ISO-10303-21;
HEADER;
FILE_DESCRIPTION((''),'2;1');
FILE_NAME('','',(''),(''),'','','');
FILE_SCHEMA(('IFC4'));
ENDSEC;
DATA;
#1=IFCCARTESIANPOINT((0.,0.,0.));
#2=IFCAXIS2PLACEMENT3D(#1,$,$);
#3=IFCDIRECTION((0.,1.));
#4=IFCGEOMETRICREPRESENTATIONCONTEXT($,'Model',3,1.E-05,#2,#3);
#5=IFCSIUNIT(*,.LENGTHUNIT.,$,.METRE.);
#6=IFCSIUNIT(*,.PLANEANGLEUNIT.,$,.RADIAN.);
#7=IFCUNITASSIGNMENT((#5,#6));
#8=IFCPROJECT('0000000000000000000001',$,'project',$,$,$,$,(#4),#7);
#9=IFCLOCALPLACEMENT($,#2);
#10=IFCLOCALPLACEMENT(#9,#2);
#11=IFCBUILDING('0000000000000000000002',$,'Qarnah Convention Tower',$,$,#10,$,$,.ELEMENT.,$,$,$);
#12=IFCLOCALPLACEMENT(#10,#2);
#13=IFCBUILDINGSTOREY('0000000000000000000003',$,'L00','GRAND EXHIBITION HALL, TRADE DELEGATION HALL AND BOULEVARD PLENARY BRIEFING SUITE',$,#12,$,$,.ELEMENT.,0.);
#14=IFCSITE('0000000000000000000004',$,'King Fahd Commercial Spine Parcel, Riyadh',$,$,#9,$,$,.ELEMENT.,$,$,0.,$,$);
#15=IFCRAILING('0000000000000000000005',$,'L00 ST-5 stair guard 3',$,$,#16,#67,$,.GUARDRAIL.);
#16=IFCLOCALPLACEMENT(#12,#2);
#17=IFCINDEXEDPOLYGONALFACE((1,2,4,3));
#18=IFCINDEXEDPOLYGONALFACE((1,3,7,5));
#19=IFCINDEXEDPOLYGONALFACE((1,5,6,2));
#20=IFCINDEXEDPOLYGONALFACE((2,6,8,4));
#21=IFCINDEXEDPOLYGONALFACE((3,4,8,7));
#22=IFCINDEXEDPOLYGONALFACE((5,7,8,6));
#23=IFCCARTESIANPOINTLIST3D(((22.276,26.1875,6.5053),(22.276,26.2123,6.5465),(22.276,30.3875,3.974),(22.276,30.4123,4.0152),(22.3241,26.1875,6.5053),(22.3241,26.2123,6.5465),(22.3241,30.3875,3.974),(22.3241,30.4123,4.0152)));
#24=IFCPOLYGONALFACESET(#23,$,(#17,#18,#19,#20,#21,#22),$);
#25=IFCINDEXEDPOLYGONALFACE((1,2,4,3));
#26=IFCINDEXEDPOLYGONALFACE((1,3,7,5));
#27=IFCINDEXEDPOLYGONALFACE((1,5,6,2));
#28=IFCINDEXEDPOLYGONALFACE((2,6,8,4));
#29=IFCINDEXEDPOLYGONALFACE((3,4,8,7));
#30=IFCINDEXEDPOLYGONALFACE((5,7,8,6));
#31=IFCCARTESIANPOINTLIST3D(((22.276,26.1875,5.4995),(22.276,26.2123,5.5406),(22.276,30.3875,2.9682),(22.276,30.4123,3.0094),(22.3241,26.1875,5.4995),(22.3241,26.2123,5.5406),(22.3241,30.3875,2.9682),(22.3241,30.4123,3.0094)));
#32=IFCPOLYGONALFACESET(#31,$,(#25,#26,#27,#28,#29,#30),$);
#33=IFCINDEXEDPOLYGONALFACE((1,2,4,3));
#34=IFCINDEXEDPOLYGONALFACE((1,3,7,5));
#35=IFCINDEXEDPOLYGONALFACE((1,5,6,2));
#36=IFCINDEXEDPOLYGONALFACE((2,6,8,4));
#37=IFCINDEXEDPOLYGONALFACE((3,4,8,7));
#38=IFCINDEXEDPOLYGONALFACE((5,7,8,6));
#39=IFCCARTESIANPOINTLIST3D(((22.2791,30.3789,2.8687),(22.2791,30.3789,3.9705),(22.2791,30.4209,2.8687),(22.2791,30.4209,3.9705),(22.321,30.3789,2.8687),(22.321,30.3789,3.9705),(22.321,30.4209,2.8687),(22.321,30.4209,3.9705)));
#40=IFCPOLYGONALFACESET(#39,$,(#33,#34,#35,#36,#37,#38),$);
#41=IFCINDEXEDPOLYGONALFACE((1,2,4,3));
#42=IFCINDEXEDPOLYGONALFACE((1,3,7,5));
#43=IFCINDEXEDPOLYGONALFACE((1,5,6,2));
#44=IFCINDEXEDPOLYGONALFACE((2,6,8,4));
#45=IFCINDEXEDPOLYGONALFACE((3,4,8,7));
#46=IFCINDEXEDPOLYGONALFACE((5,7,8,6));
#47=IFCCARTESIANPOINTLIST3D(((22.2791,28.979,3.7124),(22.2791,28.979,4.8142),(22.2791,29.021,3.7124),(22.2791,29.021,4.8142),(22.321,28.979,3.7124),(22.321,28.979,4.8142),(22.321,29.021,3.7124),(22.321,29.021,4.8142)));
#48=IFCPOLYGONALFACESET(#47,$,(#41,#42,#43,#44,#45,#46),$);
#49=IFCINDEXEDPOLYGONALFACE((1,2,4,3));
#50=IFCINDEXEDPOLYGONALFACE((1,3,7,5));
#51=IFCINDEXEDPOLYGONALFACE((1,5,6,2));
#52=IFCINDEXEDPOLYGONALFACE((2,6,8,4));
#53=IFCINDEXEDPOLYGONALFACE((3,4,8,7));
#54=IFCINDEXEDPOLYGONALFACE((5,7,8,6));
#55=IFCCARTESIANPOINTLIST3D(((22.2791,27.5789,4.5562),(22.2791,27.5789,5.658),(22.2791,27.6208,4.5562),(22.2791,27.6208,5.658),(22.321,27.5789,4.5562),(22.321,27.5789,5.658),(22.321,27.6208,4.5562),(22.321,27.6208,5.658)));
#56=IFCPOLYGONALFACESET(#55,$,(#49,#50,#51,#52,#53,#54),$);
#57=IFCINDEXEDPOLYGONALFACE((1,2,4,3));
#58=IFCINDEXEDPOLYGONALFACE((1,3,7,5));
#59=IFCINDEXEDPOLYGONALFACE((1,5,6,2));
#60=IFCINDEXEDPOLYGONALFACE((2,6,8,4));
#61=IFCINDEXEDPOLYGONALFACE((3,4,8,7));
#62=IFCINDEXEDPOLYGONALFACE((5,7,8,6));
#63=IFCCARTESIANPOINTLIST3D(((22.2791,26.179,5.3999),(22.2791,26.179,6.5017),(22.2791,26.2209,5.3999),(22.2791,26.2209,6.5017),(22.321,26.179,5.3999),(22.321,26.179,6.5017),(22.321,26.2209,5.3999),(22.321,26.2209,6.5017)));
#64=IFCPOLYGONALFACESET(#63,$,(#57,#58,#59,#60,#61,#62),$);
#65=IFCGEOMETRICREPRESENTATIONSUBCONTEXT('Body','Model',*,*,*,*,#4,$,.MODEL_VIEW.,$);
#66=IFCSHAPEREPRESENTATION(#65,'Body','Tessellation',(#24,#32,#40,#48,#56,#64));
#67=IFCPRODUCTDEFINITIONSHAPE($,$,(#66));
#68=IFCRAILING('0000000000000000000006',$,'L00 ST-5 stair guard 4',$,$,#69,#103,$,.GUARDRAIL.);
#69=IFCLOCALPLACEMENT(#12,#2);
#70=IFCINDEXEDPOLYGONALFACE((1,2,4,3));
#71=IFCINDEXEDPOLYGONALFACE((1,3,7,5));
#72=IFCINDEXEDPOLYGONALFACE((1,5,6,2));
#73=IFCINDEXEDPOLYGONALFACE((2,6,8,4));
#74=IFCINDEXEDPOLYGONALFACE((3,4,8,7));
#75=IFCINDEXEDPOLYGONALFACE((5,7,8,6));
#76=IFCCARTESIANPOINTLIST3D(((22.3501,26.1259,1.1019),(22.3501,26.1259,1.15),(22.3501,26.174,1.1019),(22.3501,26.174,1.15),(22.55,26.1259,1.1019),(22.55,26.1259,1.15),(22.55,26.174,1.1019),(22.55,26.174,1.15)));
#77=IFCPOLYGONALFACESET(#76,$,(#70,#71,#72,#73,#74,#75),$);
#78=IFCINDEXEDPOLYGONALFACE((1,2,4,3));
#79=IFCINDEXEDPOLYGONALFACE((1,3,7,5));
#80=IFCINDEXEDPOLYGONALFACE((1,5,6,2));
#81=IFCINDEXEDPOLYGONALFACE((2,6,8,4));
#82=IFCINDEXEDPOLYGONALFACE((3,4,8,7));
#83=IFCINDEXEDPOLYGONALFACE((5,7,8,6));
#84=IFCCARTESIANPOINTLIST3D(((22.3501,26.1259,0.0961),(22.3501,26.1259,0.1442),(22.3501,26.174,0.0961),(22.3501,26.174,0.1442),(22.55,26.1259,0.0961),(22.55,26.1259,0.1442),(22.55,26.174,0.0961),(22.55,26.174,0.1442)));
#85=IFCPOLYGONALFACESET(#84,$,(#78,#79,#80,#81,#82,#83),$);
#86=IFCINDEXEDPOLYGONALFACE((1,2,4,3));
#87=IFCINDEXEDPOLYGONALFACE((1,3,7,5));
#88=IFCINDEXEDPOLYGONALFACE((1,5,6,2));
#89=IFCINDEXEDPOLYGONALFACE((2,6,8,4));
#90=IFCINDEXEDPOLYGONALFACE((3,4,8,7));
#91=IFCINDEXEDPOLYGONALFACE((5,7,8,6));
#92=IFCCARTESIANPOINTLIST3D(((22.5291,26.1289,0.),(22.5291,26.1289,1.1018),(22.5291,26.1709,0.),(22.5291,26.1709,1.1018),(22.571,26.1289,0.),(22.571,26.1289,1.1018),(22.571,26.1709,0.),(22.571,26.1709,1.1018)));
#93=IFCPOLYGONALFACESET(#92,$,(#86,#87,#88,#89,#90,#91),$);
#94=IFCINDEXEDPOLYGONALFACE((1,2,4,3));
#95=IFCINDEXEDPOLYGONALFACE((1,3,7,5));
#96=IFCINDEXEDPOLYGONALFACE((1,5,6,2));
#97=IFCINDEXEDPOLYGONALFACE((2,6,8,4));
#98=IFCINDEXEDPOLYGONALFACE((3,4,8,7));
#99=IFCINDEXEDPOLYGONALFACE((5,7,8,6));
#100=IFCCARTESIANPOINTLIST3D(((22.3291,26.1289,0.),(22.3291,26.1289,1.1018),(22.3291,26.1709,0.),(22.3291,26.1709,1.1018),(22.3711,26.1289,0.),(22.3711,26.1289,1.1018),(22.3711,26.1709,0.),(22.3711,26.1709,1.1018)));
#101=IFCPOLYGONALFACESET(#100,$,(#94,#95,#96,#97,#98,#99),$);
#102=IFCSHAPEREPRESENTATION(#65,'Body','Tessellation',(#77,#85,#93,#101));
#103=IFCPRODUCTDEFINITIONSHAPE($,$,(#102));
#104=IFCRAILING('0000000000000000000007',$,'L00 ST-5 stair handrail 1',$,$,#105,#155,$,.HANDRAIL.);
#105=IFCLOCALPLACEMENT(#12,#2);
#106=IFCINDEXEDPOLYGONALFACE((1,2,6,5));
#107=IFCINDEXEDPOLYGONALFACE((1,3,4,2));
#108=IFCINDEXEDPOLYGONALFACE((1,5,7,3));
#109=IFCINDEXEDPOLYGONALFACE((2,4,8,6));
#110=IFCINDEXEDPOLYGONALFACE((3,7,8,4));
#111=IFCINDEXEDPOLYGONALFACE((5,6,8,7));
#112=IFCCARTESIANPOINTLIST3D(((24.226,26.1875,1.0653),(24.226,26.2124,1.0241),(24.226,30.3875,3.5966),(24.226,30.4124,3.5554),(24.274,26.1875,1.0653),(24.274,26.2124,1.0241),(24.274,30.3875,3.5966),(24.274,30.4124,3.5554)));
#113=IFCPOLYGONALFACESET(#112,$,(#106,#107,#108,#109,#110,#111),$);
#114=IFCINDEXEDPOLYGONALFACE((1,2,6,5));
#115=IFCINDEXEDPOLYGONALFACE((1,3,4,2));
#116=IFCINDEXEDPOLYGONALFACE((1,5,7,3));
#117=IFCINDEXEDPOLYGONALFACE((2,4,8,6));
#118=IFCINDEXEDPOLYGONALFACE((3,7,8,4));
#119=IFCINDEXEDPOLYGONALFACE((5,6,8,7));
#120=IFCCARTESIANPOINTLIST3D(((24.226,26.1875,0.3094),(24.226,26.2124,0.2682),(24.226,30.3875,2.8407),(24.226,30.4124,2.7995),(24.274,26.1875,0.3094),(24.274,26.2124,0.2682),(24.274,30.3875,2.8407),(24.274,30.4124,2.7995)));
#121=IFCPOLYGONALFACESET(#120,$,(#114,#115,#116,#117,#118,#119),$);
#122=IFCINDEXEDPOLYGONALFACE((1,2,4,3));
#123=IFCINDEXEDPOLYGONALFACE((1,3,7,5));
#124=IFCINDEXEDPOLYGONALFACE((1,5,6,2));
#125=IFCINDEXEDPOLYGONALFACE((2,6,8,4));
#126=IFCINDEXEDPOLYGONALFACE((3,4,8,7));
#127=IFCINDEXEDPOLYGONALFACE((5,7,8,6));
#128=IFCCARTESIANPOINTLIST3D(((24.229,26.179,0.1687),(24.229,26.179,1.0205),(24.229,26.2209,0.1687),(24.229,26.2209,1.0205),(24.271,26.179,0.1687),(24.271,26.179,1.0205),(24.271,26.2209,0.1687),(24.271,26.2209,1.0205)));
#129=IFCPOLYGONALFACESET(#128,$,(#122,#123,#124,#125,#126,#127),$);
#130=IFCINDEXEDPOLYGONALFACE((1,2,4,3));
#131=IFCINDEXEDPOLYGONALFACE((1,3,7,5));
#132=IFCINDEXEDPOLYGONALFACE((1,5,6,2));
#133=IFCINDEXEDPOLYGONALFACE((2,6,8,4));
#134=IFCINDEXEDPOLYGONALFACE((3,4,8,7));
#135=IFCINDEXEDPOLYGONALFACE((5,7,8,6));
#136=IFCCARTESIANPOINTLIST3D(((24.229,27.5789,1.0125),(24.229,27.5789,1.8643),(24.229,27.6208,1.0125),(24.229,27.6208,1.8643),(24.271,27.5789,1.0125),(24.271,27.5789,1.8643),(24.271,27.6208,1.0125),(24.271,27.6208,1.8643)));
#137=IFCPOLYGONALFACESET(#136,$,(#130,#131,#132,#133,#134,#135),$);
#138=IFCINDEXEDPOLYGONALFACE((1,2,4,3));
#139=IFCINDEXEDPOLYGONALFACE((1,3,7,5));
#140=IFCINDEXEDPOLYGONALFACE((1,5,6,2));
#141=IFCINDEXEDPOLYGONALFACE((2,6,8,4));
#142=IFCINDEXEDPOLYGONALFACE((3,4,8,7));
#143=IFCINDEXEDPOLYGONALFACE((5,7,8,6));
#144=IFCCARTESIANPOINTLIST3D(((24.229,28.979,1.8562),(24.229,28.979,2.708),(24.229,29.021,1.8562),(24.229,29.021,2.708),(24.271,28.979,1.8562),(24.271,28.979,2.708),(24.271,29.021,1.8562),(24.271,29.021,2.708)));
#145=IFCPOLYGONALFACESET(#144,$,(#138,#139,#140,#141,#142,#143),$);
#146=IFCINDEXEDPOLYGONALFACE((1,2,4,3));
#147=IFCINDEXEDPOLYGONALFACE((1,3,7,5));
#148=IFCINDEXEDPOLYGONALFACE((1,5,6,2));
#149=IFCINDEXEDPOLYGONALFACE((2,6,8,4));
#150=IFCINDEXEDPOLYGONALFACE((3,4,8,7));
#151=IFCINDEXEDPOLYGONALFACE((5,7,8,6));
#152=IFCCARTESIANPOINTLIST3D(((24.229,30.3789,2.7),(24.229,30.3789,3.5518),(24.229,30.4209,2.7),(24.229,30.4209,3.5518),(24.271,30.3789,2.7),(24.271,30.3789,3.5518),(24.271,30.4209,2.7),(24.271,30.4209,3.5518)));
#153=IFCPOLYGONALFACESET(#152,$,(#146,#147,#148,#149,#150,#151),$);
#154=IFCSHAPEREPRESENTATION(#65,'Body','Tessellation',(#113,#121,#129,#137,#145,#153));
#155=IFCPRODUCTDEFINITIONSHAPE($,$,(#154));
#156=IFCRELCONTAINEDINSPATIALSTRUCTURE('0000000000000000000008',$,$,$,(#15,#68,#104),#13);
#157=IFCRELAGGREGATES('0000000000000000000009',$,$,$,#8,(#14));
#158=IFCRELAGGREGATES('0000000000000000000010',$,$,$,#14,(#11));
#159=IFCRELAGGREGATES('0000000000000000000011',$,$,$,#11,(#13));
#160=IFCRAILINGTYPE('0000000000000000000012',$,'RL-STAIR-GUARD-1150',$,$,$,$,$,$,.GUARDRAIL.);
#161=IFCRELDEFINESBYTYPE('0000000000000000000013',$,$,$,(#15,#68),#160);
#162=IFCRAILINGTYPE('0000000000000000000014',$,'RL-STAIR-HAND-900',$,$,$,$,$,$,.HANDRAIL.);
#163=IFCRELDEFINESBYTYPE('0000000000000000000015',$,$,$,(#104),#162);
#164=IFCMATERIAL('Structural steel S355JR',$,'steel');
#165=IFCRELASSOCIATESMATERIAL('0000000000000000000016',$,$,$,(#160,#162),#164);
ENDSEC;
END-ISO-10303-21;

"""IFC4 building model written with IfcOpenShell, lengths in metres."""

from ifc_helpers import new_model, si_unit, direction, frame, origin, origin_2d, place, context, subcontext, project, spatial, rectangle, extrude, material, type_object, element, save


model = new_model("IFC4")

# Units and contexts
model_context = context("Model", 3, precision=1e-05, world=origin(), true_north=direction((0.0, 1.0)))
body_context = subcontext(model_context, "Body", "Model", "MODEL_VIEW")
ifc_project = project(units=[si_unit("LENGTHUNIT", "METRE"), si_unit("PLANEANGLEUNIT", "RADIAN")], contexts=[model_context])

# Site, building, storey
site_placement = place(None, origin())
site = spatial("IfcSite", under=ifc_project, at=site_placement, Name="King Fahd Commercial Spine Parcel, Riyadh", CompositionType="ELEMENT", RefElevation=0.0)
building_placement = place(site_placement, origin())
building = spatial("IfcBuilding", under=site, at=building_placement, Name="Qarnah Convention Tower", CompositionType="ELEMENT")
storey_placement = place(building_placement, origin())
storey = spatial("IfcBuildingStorey", under=building, at=storey_placement, Name="L00", Description="GRAND EXHIBITION HALL, TRADE DELEGATION HALL AND BOULEVARD PLENARY BRIEFING SUITE", CompositionType="ELEMENT", Elevation=0.0)

# Shared definitions
ifc_material_1 = material(Name="Structural steel S355JR", Category="steel")

# Railings
railing_type_1 = type_object("IfcRailingType", Name="RL-STAIR-GUARD-1150", PredefinedType="GUARDRAIL", material=ifc_material_1)
railing_1_placement = place(storey_placement, frame((22.3, 30.3999, 2.8687)))
element("IfcRailing", 1, at=railing_1_placement, inside=storey, type_object=railing_type_1, Name="L00 ST-5 stair guard 3", PredefinedType="GUARDRAIL", context=body_context, shape_type="SweptSolid", body=[
    extrude(rectangle(XDim=0.0481, YDim=0.0481, at=origin_2d()), frame((0.0, 0.0, 1.126), z_axis=(0.0, -0.856476, 0.516186), x_axis=(1.0, 0.0, 0.0)), (0.0, 0.0, 1.0), 4.9038),
    extrude(rectangle(XDim=0.0481, YDim=0.0481, at=origin_2d()), frame((0.0, 0.0, 0.1201), z_axis=(0.0, -0.856476, 0.516186), x_axis=(1.0, 0.0, 0.0)), (0.0, 0.0, 1.0), 4.9038),
    extrude(rectangle(XDim=0.042, YDim=0.042, at=origin_2d()), origin(), (0.0, 0.0, 1.0), 1.1018),
    extrude(rectangle(XDim=0.042, YDim=0.042, at=origin_2d()), frame((0.0, -1.3999, 0.8438)), (0.0, 0.0, 1.0), 1.1018),
    extrude(rectangle(XDim=0.042, YDim=0.042, at=origin_2d()), frame((0.0, -2.8, 1.6875)), (0.0, 0.0, 1.0), 1.1018),
    extrude(rectangle(XDim=0.042, YDim=0.042, at=origin_2d()), frame((0.0, -4.2, 2.5312)), (0.0, 0.0, 1.0), 1.1018),
])
railing_2_placement = place(storey_placement, frame((22.55, 26.1499, 0.0)))
element("IfcRailing", 2, at=railing_2_placement, inside=storey, type_object=railing_type_1, Name="L00 ST-5 stair guard 4", PredefinedType="GUARDRAIL", context=body_context, shape_type="SweptSolid", body=[
    extrude(rectangle(XDim=0.0481, YDim=0.0481, at=origin_2d()), frame((0.0, 0.0, 1.126), z_axis=(-1.0, 0.0, 0.0), x_axis=(0.0, -1.0, 0.0)), (0.0, 0.0, 1.0), 0.2),
    extrude(rectangle(XDim=0.0481, YDim=0.0481, at=origin_2d()), frame((0.0, 0.0, 0.1201), z_axis=(-1.0, 0.0, 0.0), x_axis=(0.0, -1.0, 0.0)), (0.0, 0.0, 1.0), 0.2),
    extrude(rectangle(XDim=0.042, YDim=0.042, at=origin_2d()), origin(), (0.0, 0.0, 1.0), 1.1018),
    extrude(rectangle(XDim=0.042, YDim=0.042, at=origin_2d()), frame((-0.2, 0.0, 0.0)), (0.0, 0.0, 1.0), 1.1018),
])
railing_type_2 = type_object("IfcRailingType", Name="RL-STAIR-HAND-900", PredefinedType="HANDRAIL", material=ifc_material_1)
railing_3_placement = place(storey_placement, frame((24.25, 26.2, 0.1687)))
element("IfcRailing", 3, at=railing_3_placement, inside=storey, type_object=railing_type_2, Name="L00 ST-5 stair handrail 1", PredefinedType="HANDRAIL", context=body_context, shape_type="SweptSolid", body=[
    extrude(rectangle(XDim=0.0481, YDim=0.0481, at=origin_2d()), frame((0.0, 0.0, 0.876), z_axis=(0.0, 0.856476, 0.516186), x_axis=(-1.0, 0.0, 0.0)), (0.0, 0.0, 1.0), 4.9038),
    extrude(rectangle(XDim=0.0481, YDim=0.0481, at=origin_2d()), frame((0.0, 0.0, 0.1201), z_axis=(0.0, 0.856476, 0.516186), x_axis=(-1.0, 0.0, 0.0)), (0.0, 0.0, 1.0), 4.9038),
    extrude(rectangle(XDim=0.042, YDim=0.042, at=origin_2d()), origin(), (0.0, 0.0, 1.0), 0.8518),
    extrude(rectangle(XDim=0.042, YDim=0.042, at=origin_2d()), frame((0.0, 1.3999, 0.8438)), (0.0, 0.0, 1.0), 0.8518),
    extrude(rectangle(XDim=0.042, YDim=0.042, at=origin_2d()), frame((0.0, 2.8, 1.6875)), (0.0, 0.0, 1.0), 0.8518),
    extrude(rectangle(XDim=0.042, YDim=0.042, at=origin_2d()), frame((0.0, 4.2, 2.5312)), (0.0, 0.0, 1.0), 0.8518),
])

save(model, "model.ifc")
